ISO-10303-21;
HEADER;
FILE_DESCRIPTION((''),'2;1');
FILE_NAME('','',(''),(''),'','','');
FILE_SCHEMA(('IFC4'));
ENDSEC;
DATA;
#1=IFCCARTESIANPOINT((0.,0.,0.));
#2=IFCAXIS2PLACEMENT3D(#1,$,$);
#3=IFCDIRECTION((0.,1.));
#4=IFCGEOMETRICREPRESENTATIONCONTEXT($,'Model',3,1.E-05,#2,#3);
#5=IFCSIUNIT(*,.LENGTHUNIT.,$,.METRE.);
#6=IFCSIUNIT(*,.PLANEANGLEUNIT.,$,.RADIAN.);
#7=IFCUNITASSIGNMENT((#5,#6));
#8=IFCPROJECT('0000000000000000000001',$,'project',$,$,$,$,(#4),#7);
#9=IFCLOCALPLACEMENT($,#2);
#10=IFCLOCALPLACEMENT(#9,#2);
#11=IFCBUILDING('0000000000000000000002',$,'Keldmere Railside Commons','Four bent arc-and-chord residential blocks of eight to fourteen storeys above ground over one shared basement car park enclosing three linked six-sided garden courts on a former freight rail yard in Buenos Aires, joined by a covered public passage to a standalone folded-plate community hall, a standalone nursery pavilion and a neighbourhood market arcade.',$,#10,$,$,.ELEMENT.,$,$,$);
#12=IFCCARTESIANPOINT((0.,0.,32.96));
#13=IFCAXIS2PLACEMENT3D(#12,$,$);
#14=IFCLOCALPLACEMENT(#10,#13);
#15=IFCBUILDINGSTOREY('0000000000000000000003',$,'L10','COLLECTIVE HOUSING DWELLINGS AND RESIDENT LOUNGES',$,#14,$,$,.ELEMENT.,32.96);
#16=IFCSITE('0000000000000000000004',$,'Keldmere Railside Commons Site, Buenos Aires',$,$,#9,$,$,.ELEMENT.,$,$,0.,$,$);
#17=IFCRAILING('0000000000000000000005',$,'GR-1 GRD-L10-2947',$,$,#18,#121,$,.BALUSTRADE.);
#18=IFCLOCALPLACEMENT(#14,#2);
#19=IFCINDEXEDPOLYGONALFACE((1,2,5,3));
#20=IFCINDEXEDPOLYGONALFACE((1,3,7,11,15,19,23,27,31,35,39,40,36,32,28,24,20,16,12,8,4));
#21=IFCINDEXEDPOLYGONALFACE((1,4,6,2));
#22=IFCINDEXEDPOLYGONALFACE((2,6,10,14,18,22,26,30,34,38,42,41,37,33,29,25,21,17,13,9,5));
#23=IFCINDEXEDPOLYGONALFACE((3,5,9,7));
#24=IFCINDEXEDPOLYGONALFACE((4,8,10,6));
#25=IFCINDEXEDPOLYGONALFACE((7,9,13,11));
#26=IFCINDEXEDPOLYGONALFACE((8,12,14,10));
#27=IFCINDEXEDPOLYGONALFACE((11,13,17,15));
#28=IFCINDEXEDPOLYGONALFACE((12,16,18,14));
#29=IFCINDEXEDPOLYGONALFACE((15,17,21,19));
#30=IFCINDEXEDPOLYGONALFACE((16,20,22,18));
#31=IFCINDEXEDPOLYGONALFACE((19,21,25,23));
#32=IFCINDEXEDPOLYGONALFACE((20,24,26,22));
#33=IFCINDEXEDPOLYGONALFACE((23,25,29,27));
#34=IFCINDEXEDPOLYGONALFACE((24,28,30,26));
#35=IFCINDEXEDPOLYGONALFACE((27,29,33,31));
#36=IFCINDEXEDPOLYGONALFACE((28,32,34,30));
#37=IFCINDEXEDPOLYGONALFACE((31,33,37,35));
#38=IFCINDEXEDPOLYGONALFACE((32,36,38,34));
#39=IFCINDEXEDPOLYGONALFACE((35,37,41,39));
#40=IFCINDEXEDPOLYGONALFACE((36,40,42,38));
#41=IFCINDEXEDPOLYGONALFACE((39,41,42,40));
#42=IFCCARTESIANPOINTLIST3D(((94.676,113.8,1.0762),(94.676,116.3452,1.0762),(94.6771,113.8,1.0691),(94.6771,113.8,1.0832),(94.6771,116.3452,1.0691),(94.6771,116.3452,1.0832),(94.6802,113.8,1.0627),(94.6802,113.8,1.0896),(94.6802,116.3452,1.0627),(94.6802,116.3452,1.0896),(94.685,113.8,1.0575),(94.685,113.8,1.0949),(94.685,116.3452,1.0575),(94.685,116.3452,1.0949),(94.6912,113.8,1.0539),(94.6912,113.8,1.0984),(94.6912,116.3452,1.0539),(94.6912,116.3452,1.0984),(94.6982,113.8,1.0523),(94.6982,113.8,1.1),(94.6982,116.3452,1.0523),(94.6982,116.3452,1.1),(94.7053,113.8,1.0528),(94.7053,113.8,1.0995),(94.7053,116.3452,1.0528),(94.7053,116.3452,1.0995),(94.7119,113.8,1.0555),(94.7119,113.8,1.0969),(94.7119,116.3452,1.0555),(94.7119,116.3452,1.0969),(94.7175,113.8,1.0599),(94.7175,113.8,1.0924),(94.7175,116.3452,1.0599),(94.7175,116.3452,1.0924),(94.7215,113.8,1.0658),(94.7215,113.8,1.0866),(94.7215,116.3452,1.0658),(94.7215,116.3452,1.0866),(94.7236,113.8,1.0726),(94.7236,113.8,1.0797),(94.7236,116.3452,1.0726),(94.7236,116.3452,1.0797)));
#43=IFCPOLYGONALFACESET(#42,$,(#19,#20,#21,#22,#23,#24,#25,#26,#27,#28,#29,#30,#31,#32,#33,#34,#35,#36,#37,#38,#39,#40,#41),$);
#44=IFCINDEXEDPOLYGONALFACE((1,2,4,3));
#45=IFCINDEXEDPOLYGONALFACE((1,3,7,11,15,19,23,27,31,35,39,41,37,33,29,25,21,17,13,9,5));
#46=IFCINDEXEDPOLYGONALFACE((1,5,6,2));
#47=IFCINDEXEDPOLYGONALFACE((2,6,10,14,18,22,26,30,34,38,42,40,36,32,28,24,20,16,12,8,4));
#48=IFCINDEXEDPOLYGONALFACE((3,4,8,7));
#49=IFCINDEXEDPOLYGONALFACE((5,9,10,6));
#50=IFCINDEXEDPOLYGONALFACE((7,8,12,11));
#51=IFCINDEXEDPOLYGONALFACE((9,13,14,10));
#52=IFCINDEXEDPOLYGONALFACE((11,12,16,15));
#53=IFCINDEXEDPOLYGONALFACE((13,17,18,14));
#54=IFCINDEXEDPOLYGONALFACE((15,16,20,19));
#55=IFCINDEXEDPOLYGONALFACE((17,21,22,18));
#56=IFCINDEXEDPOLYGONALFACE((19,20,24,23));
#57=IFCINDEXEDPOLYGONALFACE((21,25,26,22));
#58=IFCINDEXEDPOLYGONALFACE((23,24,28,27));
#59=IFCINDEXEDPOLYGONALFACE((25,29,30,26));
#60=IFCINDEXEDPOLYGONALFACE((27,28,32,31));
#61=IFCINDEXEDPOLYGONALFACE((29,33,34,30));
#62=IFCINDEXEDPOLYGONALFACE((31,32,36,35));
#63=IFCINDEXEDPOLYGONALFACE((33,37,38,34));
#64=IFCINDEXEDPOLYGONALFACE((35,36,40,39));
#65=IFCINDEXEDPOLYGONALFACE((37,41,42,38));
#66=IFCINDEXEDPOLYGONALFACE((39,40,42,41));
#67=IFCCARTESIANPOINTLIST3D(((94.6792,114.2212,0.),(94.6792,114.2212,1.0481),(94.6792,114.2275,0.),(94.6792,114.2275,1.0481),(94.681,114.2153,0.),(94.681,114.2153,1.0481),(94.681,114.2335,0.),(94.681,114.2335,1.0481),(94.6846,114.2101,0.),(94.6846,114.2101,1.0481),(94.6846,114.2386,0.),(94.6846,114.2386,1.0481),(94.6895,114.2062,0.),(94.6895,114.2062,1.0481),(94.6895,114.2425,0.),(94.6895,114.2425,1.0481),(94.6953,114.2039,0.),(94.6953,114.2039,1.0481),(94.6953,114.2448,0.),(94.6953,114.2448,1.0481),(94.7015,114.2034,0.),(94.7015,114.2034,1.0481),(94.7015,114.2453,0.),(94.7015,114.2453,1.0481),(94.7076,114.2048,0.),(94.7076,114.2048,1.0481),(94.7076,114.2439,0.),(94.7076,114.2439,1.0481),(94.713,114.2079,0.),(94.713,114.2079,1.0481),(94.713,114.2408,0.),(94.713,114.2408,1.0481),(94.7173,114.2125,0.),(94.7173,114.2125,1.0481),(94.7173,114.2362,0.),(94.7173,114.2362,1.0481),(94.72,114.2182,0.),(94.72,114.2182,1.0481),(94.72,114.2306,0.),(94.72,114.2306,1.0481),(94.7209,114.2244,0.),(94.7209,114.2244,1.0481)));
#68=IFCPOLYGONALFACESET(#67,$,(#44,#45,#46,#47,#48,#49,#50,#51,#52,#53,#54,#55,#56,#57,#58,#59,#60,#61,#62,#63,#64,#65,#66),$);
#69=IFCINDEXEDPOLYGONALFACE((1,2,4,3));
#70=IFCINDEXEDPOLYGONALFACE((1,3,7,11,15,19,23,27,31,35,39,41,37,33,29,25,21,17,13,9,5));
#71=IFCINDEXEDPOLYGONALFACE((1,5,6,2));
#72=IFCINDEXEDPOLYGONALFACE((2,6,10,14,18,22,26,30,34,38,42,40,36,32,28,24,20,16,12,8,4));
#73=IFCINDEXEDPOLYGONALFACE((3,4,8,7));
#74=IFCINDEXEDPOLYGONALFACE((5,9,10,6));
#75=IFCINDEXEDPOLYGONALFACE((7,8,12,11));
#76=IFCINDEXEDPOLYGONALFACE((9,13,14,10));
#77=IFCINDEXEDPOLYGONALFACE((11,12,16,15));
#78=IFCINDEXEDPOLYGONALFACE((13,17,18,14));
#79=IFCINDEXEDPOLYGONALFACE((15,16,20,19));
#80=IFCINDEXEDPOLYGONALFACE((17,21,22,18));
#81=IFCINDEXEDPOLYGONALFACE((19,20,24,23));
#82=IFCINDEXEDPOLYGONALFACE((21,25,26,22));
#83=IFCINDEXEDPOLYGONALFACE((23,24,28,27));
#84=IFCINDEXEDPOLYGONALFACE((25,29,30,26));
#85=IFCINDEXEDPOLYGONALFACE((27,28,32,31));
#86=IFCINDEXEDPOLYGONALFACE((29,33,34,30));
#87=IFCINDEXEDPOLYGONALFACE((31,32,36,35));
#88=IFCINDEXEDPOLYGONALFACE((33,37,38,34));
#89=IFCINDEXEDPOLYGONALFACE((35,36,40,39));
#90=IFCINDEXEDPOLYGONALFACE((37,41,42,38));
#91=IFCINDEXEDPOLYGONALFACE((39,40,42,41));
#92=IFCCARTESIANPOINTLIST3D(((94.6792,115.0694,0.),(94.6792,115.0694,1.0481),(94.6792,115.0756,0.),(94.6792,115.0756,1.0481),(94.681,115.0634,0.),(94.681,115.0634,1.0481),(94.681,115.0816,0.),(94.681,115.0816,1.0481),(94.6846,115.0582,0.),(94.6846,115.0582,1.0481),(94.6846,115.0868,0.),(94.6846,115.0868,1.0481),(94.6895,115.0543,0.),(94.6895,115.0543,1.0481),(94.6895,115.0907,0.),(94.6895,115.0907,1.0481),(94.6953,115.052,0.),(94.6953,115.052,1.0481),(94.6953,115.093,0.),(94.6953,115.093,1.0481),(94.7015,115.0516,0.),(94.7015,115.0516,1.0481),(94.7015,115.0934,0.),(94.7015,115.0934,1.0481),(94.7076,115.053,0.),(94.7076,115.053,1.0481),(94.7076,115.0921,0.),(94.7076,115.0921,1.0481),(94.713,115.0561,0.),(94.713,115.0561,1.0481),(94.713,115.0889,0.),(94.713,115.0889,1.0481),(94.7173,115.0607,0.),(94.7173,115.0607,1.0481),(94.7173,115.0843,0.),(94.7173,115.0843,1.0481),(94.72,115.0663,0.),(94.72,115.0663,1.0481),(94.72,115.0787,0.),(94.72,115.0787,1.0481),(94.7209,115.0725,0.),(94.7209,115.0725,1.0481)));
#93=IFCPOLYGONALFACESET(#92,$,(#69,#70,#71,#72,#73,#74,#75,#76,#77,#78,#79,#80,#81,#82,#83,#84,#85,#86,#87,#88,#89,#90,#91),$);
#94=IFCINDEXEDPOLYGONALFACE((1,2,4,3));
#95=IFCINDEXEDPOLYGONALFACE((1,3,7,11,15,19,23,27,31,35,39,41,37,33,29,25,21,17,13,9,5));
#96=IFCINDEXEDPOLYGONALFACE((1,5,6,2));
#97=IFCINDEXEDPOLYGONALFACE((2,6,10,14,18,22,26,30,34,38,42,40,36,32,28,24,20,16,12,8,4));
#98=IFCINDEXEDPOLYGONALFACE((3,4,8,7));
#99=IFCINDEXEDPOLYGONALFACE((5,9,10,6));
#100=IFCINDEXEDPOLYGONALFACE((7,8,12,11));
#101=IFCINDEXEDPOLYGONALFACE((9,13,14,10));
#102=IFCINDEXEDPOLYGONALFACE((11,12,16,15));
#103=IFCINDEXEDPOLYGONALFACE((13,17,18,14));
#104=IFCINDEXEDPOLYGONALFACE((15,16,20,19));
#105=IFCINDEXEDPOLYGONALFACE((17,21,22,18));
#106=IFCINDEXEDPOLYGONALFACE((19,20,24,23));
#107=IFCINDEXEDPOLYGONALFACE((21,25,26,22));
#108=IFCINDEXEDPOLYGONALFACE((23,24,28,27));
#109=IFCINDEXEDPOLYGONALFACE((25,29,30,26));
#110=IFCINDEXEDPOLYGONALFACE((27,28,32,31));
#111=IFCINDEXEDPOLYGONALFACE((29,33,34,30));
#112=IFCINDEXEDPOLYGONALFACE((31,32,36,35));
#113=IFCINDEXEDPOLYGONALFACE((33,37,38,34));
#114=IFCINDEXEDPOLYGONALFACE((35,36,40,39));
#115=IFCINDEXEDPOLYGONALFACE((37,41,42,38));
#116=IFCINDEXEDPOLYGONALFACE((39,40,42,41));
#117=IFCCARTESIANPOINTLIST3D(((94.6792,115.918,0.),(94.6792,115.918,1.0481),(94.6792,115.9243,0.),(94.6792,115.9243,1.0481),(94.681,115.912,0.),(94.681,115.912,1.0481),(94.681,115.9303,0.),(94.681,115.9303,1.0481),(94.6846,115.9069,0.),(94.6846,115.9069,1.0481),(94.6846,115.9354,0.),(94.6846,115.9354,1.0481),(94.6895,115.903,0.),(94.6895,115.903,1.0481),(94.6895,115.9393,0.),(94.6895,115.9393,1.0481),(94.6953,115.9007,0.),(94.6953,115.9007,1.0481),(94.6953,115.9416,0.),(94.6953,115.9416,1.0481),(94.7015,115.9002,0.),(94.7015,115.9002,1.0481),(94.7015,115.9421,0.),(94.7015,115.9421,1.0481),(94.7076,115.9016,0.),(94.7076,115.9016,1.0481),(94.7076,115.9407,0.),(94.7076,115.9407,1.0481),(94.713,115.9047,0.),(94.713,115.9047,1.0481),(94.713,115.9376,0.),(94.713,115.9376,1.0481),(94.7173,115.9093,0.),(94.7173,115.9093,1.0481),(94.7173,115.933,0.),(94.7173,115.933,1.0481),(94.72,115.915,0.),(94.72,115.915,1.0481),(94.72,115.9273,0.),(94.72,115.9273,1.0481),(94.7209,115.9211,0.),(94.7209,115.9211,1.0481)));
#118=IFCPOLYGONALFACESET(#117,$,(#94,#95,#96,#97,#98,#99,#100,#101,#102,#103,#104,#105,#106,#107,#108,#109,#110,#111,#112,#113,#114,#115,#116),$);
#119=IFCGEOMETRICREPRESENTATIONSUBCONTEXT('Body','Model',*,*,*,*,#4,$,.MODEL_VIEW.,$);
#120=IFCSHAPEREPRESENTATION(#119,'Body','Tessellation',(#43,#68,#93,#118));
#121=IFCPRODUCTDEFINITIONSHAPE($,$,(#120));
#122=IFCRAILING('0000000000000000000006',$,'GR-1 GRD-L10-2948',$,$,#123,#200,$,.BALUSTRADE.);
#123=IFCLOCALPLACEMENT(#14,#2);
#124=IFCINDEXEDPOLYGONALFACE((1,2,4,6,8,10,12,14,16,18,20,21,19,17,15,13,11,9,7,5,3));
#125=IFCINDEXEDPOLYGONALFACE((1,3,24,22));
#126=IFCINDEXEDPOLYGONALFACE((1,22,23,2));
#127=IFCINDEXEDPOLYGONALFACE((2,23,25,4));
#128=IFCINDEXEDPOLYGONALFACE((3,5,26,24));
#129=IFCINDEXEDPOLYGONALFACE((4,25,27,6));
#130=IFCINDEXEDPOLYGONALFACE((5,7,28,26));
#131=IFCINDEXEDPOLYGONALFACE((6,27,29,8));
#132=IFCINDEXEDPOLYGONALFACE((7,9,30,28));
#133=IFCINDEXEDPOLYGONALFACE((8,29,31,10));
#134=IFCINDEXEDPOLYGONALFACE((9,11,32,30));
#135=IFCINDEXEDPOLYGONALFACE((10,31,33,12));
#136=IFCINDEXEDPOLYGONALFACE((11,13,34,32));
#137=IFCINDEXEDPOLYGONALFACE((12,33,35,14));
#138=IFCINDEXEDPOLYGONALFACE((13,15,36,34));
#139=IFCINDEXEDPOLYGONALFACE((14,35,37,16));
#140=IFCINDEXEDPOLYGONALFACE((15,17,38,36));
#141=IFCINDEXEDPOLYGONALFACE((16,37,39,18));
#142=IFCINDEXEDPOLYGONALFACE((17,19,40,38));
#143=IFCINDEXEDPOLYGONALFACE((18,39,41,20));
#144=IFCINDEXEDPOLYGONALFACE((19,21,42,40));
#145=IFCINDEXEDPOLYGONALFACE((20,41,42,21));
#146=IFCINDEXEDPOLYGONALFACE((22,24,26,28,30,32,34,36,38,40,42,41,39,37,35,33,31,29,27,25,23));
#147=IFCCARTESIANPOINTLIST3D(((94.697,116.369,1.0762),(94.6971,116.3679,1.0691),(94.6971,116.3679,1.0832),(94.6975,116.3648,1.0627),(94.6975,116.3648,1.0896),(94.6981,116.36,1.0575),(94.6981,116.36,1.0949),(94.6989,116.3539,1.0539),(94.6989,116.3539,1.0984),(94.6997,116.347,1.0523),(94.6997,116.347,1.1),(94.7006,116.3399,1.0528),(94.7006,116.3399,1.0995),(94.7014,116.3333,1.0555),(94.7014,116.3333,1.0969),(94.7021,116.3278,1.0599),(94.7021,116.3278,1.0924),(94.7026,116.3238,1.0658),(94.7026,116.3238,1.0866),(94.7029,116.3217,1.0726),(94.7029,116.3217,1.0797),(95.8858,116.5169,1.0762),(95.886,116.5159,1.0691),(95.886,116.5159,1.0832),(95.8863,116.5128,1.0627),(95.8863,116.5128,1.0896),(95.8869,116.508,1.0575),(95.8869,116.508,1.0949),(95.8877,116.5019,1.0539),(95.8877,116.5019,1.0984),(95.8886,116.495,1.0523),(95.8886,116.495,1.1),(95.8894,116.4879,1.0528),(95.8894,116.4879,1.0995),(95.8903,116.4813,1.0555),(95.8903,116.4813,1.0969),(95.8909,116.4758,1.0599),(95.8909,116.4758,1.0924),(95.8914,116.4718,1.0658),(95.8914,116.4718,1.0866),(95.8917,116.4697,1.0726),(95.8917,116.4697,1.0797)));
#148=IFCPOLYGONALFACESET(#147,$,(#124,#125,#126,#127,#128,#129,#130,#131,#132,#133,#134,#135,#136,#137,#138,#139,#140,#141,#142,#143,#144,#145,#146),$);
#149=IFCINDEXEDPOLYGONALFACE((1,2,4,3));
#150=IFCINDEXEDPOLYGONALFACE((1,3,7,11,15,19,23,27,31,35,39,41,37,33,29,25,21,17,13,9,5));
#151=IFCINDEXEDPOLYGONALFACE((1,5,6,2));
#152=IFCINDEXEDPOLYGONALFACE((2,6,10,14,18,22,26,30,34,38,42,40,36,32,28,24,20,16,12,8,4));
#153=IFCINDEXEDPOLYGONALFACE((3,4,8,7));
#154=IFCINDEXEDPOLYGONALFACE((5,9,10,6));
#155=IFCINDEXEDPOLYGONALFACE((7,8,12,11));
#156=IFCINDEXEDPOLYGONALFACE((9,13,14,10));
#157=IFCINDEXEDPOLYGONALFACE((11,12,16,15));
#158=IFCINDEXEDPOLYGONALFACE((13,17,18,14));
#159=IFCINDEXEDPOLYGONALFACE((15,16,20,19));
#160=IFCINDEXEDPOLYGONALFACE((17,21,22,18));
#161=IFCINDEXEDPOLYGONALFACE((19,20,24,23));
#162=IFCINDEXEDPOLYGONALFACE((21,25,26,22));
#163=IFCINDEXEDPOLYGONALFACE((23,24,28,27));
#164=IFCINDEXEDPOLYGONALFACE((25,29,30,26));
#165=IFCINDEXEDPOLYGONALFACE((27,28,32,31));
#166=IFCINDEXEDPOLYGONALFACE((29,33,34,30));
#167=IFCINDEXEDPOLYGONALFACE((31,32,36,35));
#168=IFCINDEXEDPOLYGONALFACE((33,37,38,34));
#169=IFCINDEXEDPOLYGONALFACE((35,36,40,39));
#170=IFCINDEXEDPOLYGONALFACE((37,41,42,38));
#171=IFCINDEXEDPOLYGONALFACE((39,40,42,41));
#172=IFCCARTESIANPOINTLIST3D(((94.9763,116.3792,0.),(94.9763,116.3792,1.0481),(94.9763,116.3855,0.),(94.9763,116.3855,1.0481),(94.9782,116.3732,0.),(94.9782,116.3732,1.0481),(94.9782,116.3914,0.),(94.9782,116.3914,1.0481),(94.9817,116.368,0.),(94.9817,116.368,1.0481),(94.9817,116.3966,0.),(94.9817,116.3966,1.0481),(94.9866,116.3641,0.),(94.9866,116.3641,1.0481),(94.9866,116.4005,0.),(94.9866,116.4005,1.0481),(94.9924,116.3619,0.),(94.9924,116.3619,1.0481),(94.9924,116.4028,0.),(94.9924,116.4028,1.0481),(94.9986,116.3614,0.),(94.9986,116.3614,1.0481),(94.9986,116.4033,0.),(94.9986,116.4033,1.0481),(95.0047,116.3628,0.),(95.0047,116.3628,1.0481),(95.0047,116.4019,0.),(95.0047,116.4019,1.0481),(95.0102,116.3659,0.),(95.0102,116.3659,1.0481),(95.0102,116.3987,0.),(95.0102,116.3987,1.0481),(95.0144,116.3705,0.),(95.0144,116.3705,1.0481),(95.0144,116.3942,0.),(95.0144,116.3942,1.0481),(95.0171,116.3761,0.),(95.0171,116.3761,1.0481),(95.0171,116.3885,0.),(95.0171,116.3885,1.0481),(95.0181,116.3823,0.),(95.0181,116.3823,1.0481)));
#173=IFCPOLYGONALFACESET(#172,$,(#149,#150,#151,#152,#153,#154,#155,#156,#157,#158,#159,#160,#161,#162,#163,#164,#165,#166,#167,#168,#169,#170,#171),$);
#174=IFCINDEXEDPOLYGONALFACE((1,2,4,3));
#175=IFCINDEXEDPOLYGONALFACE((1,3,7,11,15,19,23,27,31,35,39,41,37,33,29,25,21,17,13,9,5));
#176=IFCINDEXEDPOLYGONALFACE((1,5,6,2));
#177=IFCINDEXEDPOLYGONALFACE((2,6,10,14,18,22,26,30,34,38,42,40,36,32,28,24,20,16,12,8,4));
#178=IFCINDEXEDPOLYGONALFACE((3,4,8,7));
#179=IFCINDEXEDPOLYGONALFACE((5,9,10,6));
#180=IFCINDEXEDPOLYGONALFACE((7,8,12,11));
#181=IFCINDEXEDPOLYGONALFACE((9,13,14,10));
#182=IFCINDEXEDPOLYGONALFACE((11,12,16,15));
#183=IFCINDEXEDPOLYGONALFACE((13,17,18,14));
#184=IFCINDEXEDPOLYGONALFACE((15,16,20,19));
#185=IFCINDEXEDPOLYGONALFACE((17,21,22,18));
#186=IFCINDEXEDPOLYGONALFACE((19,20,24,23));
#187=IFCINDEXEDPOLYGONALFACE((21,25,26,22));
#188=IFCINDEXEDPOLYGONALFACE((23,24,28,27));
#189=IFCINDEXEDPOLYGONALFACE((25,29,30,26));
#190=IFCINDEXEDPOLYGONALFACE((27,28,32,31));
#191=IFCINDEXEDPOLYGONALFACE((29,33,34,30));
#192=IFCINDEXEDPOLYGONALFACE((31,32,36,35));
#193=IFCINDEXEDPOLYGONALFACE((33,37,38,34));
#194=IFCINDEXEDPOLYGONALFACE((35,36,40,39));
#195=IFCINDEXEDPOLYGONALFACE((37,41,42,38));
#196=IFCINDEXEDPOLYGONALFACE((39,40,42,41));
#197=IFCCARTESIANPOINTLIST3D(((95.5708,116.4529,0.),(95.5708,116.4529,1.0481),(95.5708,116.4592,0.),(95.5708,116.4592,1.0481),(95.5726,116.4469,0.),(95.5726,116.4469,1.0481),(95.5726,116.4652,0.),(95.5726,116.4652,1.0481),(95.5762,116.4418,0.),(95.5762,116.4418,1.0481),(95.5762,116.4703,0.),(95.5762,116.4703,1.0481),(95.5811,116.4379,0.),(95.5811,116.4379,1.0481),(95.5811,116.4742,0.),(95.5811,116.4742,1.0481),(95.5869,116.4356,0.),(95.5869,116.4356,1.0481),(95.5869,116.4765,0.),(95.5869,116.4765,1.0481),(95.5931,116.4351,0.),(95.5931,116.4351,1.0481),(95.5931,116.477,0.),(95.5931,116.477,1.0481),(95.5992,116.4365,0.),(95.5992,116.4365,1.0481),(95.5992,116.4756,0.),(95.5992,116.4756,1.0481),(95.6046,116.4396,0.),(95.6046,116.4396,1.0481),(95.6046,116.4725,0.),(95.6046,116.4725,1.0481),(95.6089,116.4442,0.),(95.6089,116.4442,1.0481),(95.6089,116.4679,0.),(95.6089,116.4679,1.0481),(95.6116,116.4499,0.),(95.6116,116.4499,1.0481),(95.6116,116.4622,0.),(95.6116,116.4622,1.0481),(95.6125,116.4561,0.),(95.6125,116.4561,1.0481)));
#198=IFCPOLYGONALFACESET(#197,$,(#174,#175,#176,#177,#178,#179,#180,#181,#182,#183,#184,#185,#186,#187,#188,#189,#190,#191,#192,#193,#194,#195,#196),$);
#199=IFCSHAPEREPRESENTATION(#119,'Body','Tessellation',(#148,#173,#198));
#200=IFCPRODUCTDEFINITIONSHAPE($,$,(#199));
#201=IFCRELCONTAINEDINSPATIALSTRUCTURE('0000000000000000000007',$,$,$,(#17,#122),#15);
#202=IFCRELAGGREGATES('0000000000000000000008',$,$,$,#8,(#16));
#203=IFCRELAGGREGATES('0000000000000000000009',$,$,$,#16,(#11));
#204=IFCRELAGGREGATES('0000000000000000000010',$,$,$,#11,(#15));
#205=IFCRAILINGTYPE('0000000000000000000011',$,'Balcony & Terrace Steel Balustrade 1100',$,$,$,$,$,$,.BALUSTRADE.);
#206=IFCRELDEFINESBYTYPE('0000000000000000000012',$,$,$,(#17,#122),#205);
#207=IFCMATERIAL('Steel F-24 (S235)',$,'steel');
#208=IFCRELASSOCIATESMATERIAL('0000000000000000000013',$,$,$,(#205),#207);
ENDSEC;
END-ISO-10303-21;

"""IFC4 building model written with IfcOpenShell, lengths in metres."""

from ifc_helpers import new_model, si_unit, direction, frame, origin, origin_2d, place, context, subcontext, project, spatial, circle, extrude, material, type_object, element, save


model = new_model("IFC4")

# Units and contexts
model_context = context("Model", 3, precision=1e-05, world=origin(), true_north=direction((0.0, 1.0)))
body_context = subcontext(model_context, "Body", "Model", "MODEL_VIEW")
ifc_project = project(units=[si_unit("LENGTHUNIT", "METRE"), si_unit("PLANEANGLEUNIT", "RADIAN")], contexts=[model_context])

# Site, building, storey
site_placement = place(None, origin())
site = spatial("IfcSite", under=ifc_project, at=site_placement, Name="Keldmere Railside Commons Site, Buenos Aires", CompositionType="ELEMENT", RefElevation=0.0)
building_placement = place(site_placement, origin())
building = spatial("IfcBuilding", under=site, at=building_placement, Name="Keldmere Railside Commons", Description="Four bent arc-and-chord residential blocks of eight to fourteen storeys above ground over one shared basement car park enclosing three linked six-sided garden courts on a former freight rail yard in Buenos Aires, joined by a covered public passage to a standalone folded-plate community hall, a standalone nursery pavilion and a neighbourhood market arcade.", CompositionType="ELEMENT")
storey_placement = place(building_placement, frame((0.0, 0.0, 32.96)))
storey = spatial("IfcBuildingStorey", under=building, at=storey_placement, Name="L10", Description="COLLECTIVE HOUSING DWELLINGS AND RESIDENT LOUNGES", CompositionType="ELEMENT", Elevation=32.96)

# Railings
ifc_material_1 = material(Name="Steel F-24 (S235)", Category="steel")
railing_type = type_object("IfcRailingType", Name="Balcony & Terrace Steel Balustrade 1100", PredefinedType="BALUSTRADE", material=ifc_material_1)
railing_1_placement = place(storey_placement, frame((94.7, 113.8, 0.0)))
element("IfcRailing", 1, at=railing_1_placement, inside=storey, type_object=railing_type, Name="GR-1 GRD-L10-2947", PredefinedType="BALUSTRADE", context=body_context, shape_type="SweptSolid", body=[
    extrude(circle(Radius=0.0239, at=origin_2d()), frame((0.0, 0.0, 1.0762), z_axis=(0.0, 1.0, 0.0), x_axis=(-1.0, 0.0, 0.0)), (0.0, 0.0, 1.0), 2.5452),
    extrude(circle(Radius=0.021, at=origin_2d()), frame((0.0, 0.4243, 0.0)), (0.0, 0.0, 1.0), 1.0481),
    extrude(circle(Radius=0.021, at=origin_2d()), frame((0.0, 1.2725, 0.0)), (0.0, 0.0, 1.0), 1.0481),
    extrude(circle(Radius=0.021, at=origin_2d()), frame((0.0, 2.1211, 0.0)), (0.0, 0.0, 1.0), 1.0481),
])
railing_2_placement = place(storey_placement, frame((94.7, 116.3452, 0.0)))
element("IfcRailing", 2, at=railing_2_placement, inside=storey, type_object=railing_type, Name="GR-1 GRD-L10-2948", PredefinedType="BALUSTRADE", context=body_context, shape_type="SweptSolid", body=[
    extrude(circle(Radius=0.0239, at=origin_2d()), frame((0.0, 0.0, 1.0762), z_axis=(0.992344, 0.123508, 0.0), x_axis=(-0.123508, 0.992344, 0.0)), (0.0, 0.0, 1.0), 1.198),
    extrude(circle(Radius=0.021, at=origin_2d()), frame((0.2971, 0.0371, 0.0)), (0.0, 0.0, 1.0), 1.0481),
    extrude(circle(Radius=0.021, at=origin_2d()), frame((0.8916, 0.1108, 0.0)), (0.0, 0.0, 1.0), 1.0481),
])

save(model, "model.ifc")
